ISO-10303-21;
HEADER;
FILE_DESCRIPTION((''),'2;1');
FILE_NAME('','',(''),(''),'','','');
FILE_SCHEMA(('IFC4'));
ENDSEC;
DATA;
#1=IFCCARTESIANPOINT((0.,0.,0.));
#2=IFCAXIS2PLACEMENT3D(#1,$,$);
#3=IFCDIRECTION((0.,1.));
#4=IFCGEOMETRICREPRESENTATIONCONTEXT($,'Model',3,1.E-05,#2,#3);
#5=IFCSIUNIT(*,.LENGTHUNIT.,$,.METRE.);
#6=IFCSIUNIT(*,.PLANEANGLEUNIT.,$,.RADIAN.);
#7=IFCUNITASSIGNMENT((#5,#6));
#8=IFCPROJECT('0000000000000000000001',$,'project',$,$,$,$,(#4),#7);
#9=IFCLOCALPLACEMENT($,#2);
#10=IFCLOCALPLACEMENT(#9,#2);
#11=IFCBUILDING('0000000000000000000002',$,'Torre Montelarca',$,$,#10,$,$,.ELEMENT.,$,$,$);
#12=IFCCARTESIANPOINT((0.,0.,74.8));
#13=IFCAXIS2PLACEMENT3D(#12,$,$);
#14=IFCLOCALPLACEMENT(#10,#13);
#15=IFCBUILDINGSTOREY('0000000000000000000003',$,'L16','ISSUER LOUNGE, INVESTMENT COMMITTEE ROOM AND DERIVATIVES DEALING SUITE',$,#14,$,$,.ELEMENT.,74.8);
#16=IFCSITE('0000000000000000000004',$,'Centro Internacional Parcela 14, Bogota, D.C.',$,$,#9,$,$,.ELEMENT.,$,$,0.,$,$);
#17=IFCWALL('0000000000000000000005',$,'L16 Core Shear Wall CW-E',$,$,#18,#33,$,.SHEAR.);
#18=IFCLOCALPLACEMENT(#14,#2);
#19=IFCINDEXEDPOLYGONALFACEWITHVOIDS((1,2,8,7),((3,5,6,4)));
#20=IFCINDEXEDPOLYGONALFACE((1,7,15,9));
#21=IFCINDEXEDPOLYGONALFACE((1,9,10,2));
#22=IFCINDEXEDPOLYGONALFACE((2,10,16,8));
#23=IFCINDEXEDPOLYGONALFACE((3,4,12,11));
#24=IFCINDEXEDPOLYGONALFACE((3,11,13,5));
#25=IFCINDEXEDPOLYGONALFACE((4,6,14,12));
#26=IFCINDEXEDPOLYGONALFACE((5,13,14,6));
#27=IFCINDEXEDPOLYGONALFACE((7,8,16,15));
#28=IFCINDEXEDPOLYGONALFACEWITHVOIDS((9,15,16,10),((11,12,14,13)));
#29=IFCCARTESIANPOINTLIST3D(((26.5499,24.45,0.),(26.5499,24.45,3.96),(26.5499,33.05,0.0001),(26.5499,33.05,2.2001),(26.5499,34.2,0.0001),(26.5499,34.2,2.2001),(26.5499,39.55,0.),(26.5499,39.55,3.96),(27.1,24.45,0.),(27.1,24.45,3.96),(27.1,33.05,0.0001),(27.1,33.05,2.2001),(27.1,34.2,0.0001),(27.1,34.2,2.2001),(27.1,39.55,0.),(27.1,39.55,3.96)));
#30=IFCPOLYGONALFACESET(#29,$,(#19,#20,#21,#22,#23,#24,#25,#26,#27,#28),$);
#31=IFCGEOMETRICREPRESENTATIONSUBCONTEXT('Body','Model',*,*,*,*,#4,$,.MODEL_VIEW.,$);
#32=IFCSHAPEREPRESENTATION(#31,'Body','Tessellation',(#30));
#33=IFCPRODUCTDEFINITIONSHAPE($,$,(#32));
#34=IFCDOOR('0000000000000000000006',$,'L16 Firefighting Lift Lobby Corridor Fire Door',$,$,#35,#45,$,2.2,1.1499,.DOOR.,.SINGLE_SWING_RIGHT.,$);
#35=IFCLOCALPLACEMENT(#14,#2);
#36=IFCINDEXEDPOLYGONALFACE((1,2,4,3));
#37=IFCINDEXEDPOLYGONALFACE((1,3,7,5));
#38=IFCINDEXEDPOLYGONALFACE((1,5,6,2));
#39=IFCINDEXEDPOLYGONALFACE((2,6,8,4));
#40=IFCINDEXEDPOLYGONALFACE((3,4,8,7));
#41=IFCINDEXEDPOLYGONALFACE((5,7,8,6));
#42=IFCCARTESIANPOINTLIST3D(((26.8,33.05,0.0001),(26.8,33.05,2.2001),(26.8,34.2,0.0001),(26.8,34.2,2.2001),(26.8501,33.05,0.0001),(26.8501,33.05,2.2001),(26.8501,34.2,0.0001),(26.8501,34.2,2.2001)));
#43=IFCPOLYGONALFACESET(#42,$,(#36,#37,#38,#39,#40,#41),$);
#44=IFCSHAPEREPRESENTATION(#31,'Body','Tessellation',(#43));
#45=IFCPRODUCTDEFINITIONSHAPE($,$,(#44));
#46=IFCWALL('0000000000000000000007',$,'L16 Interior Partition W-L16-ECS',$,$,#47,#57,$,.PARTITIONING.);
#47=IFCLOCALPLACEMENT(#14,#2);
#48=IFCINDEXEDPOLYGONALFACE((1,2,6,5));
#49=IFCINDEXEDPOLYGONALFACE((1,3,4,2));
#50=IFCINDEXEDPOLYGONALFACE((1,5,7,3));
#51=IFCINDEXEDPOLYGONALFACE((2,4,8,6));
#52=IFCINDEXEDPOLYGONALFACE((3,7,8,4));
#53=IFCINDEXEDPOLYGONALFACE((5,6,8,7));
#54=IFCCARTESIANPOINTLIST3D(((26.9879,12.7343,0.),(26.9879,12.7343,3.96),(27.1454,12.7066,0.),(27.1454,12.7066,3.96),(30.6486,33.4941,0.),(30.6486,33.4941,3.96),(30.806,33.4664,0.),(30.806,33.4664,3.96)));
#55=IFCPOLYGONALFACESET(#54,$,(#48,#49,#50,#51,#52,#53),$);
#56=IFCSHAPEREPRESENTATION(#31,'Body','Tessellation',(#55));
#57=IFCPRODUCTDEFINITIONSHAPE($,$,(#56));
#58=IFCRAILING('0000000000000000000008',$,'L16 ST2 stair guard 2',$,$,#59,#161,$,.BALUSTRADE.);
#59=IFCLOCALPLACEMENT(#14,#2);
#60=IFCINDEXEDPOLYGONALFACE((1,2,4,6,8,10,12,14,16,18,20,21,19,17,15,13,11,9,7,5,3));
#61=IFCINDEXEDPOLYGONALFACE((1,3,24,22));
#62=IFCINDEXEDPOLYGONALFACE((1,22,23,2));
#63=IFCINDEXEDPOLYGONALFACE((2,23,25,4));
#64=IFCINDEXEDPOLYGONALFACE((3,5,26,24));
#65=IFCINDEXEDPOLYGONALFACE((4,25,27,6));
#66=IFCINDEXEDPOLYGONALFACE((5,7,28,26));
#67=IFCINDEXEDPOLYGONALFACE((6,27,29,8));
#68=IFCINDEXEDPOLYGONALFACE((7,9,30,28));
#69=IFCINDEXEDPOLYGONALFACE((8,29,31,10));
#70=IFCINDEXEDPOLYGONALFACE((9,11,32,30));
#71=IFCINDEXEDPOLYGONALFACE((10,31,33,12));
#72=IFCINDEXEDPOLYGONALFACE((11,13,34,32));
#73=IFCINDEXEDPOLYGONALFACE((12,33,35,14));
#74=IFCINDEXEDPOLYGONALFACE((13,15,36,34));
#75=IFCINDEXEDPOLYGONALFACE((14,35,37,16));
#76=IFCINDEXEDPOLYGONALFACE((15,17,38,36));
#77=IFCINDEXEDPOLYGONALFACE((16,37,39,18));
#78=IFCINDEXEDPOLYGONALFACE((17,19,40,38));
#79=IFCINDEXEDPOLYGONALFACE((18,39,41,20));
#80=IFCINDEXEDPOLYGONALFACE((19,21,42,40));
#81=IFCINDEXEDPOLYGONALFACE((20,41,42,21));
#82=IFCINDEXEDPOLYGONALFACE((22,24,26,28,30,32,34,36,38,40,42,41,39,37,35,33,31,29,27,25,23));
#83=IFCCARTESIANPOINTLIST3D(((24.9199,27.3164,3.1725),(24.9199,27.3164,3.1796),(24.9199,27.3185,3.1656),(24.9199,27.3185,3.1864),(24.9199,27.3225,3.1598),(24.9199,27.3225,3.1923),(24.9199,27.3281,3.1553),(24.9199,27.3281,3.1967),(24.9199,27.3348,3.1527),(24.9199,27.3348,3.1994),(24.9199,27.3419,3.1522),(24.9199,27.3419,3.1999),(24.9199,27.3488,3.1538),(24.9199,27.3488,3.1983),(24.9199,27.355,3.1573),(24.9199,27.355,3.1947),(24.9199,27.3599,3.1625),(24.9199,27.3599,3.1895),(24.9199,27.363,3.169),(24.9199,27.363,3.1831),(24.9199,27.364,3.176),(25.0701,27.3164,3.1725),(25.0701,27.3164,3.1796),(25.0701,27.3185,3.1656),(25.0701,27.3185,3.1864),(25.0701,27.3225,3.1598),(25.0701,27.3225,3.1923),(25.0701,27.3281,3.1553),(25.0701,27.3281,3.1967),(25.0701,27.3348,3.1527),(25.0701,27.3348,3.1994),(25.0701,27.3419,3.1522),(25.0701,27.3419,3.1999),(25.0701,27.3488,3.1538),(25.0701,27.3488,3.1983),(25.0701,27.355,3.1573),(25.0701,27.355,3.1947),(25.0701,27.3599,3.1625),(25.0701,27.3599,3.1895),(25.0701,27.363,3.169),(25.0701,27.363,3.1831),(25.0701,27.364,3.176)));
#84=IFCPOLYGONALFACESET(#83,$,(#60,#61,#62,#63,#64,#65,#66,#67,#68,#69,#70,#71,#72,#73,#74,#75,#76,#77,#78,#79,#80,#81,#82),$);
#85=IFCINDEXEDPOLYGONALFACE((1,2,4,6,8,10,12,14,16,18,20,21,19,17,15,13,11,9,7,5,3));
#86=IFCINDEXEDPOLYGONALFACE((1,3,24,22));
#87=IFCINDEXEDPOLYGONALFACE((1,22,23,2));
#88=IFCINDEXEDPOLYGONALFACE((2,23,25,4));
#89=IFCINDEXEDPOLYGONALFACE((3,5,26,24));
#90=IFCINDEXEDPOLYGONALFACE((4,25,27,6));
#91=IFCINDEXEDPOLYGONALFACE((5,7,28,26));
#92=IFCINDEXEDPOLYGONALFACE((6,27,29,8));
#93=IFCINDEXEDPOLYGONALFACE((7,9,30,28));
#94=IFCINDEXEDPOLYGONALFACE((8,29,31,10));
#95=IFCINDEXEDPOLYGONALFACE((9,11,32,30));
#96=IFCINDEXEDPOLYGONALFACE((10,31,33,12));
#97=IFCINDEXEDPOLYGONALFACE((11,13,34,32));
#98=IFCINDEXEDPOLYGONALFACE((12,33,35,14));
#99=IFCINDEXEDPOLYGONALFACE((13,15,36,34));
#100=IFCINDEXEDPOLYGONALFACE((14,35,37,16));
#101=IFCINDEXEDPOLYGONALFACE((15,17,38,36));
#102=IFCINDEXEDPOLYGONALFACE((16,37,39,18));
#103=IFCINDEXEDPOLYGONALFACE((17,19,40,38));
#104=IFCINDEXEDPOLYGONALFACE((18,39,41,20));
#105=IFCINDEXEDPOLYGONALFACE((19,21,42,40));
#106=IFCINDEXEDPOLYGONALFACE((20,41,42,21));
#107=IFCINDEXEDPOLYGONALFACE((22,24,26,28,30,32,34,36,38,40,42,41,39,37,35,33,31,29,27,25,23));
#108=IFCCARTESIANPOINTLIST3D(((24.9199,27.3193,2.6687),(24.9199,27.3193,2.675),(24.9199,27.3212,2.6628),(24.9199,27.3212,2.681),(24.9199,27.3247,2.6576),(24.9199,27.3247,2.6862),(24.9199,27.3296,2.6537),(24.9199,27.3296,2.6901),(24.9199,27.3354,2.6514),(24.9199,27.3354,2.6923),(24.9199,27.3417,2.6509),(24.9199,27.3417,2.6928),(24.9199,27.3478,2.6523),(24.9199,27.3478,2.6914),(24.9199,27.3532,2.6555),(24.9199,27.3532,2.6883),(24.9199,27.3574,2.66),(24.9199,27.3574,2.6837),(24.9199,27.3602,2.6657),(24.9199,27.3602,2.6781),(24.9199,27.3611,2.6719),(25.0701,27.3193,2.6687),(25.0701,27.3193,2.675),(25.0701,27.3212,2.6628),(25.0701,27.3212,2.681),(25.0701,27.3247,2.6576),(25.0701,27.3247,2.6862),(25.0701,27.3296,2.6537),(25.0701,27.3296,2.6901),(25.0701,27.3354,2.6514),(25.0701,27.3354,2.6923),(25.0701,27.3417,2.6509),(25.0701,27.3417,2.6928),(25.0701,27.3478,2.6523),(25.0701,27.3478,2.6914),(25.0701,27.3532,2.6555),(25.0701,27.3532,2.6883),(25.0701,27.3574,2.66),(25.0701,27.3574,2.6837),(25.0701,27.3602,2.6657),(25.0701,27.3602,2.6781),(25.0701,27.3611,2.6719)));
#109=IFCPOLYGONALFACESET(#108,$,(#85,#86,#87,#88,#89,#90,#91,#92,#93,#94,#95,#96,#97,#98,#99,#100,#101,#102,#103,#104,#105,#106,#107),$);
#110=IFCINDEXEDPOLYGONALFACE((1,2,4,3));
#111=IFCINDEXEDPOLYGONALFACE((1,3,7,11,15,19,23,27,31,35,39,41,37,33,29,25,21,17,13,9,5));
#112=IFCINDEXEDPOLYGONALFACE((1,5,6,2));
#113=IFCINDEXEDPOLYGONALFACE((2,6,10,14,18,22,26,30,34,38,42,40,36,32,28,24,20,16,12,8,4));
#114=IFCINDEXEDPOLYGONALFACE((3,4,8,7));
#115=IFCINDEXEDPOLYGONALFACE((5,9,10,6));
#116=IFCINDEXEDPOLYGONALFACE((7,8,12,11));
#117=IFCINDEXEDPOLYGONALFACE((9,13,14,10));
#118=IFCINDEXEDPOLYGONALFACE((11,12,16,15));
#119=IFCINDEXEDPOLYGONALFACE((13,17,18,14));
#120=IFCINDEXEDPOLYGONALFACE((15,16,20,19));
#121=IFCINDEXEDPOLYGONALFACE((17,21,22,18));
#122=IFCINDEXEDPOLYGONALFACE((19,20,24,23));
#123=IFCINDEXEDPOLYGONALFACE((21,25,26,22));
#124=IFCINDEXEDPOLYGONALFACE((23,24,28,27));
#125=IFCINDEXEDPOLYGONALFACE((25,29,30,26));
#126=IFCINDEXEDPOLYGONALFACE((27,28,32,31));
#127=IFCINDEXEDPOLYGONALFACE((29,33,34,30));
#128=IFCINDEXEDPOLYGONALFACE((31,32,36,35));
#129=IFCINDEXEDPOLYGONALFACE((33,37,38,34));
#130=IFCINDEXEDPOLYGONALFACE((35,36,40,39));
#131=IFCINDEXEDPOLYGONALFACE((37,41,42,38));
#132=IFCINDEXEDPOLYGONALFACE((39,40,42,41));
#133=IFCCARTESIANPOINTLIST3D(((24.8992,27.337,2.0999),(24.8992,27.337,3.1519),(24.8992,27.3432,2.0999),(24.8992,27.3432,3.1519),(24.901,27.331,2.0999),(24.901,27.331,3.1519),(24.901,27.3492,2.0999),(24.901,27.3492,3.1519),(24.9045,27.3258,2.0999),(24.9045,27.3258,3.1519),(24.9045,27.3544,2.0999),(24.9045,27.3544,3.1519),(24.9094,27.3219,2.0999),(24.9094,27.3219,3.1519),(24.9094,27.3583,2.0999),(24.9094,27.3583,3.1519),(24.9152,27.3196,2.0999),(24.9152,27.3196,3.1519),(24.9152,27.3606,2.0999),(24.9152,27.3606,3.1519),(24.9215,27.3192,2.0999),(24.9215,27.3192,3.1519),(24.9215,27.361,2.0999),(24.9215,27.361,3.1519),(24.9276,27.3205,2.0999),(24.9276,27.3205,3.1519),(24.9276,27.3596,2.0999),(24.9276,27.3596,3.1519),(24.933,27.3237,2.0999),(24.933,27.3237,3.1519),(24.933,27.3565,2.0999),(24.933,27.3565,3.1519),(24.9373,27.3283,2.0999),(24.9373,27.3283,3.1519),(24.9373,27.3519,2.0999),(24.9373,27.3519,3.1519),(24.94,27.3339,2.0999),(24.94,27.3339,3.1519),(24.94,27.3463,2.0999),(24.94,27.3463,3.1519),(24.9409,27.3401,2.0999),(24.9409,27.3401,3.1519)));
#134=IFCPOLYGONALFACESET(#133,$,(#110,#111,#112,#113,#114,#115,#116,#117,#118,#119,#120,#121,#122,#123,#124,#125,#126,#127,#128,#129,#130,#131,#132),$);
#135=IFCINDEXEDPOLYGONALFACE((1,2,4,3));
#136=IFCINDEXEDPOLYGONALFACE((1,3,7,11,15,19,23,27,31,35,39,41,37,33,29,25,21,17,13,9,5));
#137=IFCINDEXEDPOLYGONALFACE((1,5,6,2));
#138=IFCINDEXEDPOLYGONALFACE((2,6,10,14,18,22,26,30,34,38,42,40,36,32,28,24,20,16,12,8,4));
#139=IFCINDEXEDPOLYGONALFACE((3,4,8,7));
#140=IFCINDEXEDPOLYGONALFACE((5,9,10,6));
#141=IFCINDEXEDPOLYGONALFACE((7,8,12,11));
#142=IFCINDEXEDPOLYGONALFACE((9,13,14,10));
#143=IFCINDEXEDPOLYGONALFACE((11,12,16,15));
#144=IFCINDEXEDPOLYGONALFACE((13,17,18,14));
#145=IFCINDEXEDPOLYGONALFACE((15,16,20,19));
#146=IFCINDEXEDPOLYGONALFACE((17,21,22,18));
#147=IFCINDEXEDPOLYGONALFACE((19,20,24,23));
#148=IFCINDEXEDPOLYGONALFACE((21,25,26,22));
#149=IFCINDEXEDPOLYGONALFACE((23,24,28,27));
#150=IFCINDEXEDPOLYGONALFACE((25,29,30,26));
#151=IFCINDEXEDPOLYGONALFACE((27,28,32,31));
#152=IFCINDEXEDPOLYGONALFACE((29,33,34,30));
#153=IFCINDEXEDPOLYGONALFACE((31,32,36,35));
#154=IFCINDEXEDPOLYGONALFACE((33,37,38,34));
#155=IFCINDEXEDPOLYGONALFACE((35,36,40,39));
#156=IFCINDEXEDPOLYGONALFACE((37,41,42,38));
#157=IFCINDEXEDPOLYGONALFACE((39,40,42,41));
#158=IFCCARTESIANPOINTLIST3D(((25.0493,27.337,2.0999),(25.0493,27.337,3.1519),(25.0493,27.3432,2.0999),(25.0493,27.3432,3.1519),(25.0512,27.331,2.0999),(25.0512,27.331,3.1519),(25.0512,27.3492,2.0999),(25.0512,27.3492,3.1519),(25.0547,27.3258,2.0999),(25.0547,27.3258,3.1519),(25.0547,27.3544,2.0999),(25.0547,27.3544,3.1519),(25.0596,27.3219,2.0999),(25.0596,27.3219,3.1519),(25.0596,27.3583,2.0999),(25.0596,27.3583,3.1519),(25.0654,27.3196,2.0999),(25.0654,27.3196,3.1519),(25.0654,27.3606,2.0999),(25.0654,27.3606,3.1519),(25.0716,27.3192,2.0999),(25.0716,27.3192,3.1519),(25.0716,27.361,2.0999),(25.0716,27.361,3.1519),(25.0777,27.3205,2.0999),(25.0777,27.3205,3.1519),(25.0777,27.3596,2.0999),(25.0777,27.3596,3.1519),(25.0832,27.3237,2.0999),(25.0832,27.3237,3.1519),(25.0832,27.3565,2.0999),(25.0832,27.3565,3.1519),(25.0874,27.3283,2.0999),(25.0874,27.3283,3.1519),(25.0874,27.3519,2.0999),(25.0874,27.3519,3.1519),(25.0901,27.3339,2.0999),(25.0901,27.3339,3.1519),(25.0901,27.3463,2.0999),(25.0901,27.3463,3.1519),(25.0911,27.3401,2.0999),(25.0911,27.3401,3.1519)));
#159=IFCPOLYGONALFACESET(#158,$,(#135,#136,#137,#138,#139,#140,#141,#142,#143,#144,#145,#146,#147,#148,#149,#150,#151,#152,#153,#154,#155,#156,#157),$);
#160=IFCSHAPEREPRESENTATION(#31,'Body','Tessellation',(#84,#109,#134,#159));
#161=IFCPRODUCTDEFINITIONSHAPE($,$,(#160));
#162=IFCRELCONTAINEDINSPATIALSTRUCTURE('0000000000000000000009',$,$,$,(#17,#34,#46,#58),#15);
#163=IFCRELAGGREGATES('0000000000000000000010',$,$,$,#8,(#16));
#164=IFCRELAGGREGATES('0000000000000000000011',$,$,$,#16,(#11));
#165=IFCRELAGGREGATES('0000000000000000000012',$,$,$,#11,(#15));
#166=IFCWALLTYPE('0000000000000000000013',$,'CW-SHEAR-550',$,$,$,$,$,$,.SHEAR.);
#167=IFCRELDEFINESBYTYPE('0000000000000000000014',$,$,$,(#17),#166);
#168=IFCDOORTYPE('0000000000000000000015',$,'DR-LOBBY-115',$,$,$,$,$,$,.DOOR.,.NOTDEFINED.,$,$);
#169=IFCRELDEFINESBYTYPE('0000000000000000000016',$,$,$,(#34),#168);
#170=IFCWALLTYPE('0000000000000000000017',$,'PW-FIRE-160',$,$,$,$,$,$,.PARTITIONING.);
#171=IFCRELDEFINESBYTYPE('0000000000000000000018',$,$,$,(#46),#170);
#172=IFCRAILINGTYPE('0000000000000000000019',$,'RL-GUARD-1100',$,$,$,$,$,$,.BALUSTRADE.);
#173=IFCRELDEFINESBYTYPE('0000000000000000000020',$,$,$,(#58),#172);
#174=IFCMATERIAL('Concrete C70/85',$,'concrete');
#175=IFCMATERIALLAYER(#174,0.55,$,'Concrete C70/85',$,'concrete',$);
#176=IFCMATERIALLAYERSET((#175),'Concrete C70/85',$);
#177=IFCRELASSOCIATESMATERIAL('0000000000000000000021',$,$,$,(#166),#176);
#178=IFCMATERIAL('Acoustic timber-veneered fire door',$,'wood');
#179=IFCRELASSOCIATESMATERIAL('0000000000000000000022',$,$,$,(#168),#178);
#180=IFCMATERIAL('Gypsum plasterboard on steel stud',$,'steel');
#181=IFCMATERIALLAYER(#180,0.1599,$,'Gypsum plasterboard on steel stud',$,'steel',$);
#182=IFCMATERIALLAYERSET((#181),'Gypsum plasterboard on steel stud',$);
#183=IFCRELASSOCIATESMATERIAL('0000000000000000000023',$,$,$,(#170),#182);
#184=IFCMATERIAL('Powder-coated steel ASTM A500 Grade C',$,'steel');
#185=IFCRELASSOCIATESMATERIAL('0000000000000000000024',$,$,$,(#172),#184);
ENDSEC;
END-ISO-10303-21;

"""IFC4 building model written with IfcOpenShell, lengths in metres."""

from ifc_helpers import new_model, si_unit, direction, frame, frame_2d, origin, origin_2d, place, context, subcontext, project, spatial, rectangle, circle, extrude, source, transform, mapped, material, layer, layer_set, type_object, element, fill, save


model = new_model("IFC4")

# Units and contexts
model_context = context("Model", 3, precision=1e-05, world=origin(), true_north=direction((0.0, 1.0)))
body_context = subcontext(model_context, "Body", "Model", "MODEL_VIEW")
ifc_project = project(units=[si_unit("LENGTHUNIT", "METRE"), si_unit("PLANEANGLEUNIT", "RADIAN")], contexts=[model_context])

# Site, building, storey
site_placement = place(None, origin())
site = spatial("IfcSite", under=ifc_project, at=site_placement, Name="Centro Internacional Parcela 14, Bogota, D.C.", CompositionType="ELEMENT", RefElevation=0.0)
building_placement = place(site_placement, origin())
building = spatial("IfcBuilding", under=site, at=building_placement, Name="Torre Montelarca", CompositionType="ELEMENT")
storey_placement = place(building_placement, frame((0.0, 0.0, 74.8)))
storey = spatial("IfcBuildingStorey", under=building, at=storey_placement, Name="L16", Description="ISSUER LOUNGE, INVESTMENT COMMITTEE ROOM AND DERIVATIVES DEALING SUITE", CompositionType="ELEMENT", Elevation=74.8)

# Shared definitions
ifc_material_1 = material(Name="Concrete C70/85", Category="concrete")

# Wall, opening, door
ifc_layer_1 = layer(ifc_material_1, 0.55, Name="Concrete C70/85", Category="concrete")
ifc_layer_set_1 = layer_set([ifc_layer_1], Name="Concrete C70/85")
wall_type_1 = type_object("IfcWallType", Name="CW-SHEAR-550", PredefinedType="SHEAR", material=ifc_layer_set_1)
wall_1_placement = place(storey_placement, frame((26.825, 24.45, 0.0), z_axis=(0.0, 0.0, 1.0), x_axis=(0.0, 1.0, 0.0)))
wall_1 = element("IfcWall", 1, at=wall_1_placement, inside=storey, type_object=wall_type_1, Name="L16 Core Shear Wall CW-E", PredefinedType="SHEAR", context=body_context, shape_type="SweptSolid", body=[
    extrude(rectangle(XDim=15.1001, YDim=0.55, at=frame_2d((7.55, 0.0))), origin(), (0.0, 0.0, 1.0), 3.96),
])
opening_placement = place(wall_1_placement, frame((8.6001, 0.0, 0.0)))
opening = element("IfcOpeningElement", 2, at=opening_placement, cuts=wall_1, PredefinedType="OPENING", context=body_context, shape_type="SweptSolid", body=[
    extrude(rectangle(XDim=1.1499, YDim=2.2, at=frame_2d((0.575, 1.1001))), frame((0.0, 0.2852, 0.0), z_axis=(0.0, -1.0, 0.0), x_axis=(1.0, 0.0, 0.0)), (0.0, 0.0, 1.0), 0.5701),
])
ifc_material_2 = material(Name="Acoustic timber-veneered fire door", Category="wood")
door_type = type_object("IfcDoorType", Name="DR-LOBBY-115", OperationType="NOTDEFINED", PredefinedType="DOOR", material=ifc_material_2)
shared_shape_1 = source(origin(), body_context, "Body", "SweptSolid", [
    extrude(rectangle(XDim=1.1499, YDim=2.2, at=frame_2d((0.575, 1.1001))), frame((0.0, 0.0249, 0.0), z_axis=(0.0, -1.0, 0.0), x_axis=(1.0, 0.0, 0.0)), (0.0, 0.0, 1.0), 0.05),
])
door_placement = place(opening_placement, origin())
door = element("IfcDoor", 3, at=door_placement, inside=storey, type_object=door_type, Name="L16 Firefighting Lift Lobby Corridor Fire Door", OperationType="SINGLE_SWING_RIGHT", OverallHeight=2.2, OverallWidth=1.1499, PredefinedType="DOOR", context=body_context, shape_type="MappedRepresentation", body=[
    mapped(shared_shape_1, transform((0.0, 0.0, 0.0), scale=1.0)),
])
fill(opening, door)

# Wall
ifc_material_3 = material(Name="Gypsum plasterboard on steel stud", Category="steel")
ifc_layer_2 = layer(ifc_material_3, 0.1599, Name="Gypsum plasterboard on steel stud", Category="steel")
ifc_layer_set_2 = layer_set([ifc_layer_2], Name="Gypsum plasterboard on steel stud")
wall_type_2 = type_object("IfcWallType", Name="PW-FIRE-160", PredefinedType="PARTITIONING", material=ifc_layer_set_2)
wall_2_placement = place(storey_placement, frame((27.0667, 12.7205, 0.0), z_axis=(0.0, 0.0, 1.0), x_axis=(0.173655, 0.984807, 0.0)))
element("IfcWall", 4, at=wall_2_placement, inside=storey, type_object=wall_type_2, Name="L16 Interior Partition W-L16-ECS", PredefinedType="PARTITIONING", context=body_context, shape_type="SweptSolid", body=[
    extrude(rectangle(XDim=21.0801, YDim=0.1599, at=frame_2d((10.54, 0.0))), origin(), (0.0, 0.0, 1.0), 3.96),
])

# Railing
ifc_material_4 = material(Name="Powder-coated steel ASTM A500 Grade C", Category="steel")
railing_type = type_object("IfcRailingType", Name="RL-GUARD-1100", PredefinedType="BALUSTRADE", material=ifc_material_4)
railing_1_placement = place(storey_placement, frame((24.9199, 27.3401, 2.0999)))
element("IfcRailing", 5, at=railing_1_placement, inside=storey, type_object=railing_type, Name="L16 ST2 stair guard 2", PredefinedType="BALUSTRADE", context=body_context, shape_type="SweptSolid", body=[
    extrude(circle(Radius=0.0239, at=origin_2d()), frame((0.0, 0.0, 1.0762), z_axis=(1.0, 0.0, 0.0), x_axis=(0.0, 1.0, 0.0)), (0.0, 0.0, 1.0), 0.1501),
    extrude(circle(Radius=0.021, at=origin_2d()), frame((0.0, 0.0, 0.572), z_axis=(1.0, 0.0, 0.0), x_axis=(0.0, 1.0, 0.0)), (0.0, 0.0, 1.0), 0.1501),
    extrude(circle(Radius=0.021, at=origin_2d()), origin(), (0.0, 0.0, 1.0), 1.052),
    extrude(circle(Radius=0.021, at=origin_2d()), frame((0.1501, 0.0, 0.0)), (0.0, 0.0, 1.0), 1.052),
])

save(model, "model.ifc")
